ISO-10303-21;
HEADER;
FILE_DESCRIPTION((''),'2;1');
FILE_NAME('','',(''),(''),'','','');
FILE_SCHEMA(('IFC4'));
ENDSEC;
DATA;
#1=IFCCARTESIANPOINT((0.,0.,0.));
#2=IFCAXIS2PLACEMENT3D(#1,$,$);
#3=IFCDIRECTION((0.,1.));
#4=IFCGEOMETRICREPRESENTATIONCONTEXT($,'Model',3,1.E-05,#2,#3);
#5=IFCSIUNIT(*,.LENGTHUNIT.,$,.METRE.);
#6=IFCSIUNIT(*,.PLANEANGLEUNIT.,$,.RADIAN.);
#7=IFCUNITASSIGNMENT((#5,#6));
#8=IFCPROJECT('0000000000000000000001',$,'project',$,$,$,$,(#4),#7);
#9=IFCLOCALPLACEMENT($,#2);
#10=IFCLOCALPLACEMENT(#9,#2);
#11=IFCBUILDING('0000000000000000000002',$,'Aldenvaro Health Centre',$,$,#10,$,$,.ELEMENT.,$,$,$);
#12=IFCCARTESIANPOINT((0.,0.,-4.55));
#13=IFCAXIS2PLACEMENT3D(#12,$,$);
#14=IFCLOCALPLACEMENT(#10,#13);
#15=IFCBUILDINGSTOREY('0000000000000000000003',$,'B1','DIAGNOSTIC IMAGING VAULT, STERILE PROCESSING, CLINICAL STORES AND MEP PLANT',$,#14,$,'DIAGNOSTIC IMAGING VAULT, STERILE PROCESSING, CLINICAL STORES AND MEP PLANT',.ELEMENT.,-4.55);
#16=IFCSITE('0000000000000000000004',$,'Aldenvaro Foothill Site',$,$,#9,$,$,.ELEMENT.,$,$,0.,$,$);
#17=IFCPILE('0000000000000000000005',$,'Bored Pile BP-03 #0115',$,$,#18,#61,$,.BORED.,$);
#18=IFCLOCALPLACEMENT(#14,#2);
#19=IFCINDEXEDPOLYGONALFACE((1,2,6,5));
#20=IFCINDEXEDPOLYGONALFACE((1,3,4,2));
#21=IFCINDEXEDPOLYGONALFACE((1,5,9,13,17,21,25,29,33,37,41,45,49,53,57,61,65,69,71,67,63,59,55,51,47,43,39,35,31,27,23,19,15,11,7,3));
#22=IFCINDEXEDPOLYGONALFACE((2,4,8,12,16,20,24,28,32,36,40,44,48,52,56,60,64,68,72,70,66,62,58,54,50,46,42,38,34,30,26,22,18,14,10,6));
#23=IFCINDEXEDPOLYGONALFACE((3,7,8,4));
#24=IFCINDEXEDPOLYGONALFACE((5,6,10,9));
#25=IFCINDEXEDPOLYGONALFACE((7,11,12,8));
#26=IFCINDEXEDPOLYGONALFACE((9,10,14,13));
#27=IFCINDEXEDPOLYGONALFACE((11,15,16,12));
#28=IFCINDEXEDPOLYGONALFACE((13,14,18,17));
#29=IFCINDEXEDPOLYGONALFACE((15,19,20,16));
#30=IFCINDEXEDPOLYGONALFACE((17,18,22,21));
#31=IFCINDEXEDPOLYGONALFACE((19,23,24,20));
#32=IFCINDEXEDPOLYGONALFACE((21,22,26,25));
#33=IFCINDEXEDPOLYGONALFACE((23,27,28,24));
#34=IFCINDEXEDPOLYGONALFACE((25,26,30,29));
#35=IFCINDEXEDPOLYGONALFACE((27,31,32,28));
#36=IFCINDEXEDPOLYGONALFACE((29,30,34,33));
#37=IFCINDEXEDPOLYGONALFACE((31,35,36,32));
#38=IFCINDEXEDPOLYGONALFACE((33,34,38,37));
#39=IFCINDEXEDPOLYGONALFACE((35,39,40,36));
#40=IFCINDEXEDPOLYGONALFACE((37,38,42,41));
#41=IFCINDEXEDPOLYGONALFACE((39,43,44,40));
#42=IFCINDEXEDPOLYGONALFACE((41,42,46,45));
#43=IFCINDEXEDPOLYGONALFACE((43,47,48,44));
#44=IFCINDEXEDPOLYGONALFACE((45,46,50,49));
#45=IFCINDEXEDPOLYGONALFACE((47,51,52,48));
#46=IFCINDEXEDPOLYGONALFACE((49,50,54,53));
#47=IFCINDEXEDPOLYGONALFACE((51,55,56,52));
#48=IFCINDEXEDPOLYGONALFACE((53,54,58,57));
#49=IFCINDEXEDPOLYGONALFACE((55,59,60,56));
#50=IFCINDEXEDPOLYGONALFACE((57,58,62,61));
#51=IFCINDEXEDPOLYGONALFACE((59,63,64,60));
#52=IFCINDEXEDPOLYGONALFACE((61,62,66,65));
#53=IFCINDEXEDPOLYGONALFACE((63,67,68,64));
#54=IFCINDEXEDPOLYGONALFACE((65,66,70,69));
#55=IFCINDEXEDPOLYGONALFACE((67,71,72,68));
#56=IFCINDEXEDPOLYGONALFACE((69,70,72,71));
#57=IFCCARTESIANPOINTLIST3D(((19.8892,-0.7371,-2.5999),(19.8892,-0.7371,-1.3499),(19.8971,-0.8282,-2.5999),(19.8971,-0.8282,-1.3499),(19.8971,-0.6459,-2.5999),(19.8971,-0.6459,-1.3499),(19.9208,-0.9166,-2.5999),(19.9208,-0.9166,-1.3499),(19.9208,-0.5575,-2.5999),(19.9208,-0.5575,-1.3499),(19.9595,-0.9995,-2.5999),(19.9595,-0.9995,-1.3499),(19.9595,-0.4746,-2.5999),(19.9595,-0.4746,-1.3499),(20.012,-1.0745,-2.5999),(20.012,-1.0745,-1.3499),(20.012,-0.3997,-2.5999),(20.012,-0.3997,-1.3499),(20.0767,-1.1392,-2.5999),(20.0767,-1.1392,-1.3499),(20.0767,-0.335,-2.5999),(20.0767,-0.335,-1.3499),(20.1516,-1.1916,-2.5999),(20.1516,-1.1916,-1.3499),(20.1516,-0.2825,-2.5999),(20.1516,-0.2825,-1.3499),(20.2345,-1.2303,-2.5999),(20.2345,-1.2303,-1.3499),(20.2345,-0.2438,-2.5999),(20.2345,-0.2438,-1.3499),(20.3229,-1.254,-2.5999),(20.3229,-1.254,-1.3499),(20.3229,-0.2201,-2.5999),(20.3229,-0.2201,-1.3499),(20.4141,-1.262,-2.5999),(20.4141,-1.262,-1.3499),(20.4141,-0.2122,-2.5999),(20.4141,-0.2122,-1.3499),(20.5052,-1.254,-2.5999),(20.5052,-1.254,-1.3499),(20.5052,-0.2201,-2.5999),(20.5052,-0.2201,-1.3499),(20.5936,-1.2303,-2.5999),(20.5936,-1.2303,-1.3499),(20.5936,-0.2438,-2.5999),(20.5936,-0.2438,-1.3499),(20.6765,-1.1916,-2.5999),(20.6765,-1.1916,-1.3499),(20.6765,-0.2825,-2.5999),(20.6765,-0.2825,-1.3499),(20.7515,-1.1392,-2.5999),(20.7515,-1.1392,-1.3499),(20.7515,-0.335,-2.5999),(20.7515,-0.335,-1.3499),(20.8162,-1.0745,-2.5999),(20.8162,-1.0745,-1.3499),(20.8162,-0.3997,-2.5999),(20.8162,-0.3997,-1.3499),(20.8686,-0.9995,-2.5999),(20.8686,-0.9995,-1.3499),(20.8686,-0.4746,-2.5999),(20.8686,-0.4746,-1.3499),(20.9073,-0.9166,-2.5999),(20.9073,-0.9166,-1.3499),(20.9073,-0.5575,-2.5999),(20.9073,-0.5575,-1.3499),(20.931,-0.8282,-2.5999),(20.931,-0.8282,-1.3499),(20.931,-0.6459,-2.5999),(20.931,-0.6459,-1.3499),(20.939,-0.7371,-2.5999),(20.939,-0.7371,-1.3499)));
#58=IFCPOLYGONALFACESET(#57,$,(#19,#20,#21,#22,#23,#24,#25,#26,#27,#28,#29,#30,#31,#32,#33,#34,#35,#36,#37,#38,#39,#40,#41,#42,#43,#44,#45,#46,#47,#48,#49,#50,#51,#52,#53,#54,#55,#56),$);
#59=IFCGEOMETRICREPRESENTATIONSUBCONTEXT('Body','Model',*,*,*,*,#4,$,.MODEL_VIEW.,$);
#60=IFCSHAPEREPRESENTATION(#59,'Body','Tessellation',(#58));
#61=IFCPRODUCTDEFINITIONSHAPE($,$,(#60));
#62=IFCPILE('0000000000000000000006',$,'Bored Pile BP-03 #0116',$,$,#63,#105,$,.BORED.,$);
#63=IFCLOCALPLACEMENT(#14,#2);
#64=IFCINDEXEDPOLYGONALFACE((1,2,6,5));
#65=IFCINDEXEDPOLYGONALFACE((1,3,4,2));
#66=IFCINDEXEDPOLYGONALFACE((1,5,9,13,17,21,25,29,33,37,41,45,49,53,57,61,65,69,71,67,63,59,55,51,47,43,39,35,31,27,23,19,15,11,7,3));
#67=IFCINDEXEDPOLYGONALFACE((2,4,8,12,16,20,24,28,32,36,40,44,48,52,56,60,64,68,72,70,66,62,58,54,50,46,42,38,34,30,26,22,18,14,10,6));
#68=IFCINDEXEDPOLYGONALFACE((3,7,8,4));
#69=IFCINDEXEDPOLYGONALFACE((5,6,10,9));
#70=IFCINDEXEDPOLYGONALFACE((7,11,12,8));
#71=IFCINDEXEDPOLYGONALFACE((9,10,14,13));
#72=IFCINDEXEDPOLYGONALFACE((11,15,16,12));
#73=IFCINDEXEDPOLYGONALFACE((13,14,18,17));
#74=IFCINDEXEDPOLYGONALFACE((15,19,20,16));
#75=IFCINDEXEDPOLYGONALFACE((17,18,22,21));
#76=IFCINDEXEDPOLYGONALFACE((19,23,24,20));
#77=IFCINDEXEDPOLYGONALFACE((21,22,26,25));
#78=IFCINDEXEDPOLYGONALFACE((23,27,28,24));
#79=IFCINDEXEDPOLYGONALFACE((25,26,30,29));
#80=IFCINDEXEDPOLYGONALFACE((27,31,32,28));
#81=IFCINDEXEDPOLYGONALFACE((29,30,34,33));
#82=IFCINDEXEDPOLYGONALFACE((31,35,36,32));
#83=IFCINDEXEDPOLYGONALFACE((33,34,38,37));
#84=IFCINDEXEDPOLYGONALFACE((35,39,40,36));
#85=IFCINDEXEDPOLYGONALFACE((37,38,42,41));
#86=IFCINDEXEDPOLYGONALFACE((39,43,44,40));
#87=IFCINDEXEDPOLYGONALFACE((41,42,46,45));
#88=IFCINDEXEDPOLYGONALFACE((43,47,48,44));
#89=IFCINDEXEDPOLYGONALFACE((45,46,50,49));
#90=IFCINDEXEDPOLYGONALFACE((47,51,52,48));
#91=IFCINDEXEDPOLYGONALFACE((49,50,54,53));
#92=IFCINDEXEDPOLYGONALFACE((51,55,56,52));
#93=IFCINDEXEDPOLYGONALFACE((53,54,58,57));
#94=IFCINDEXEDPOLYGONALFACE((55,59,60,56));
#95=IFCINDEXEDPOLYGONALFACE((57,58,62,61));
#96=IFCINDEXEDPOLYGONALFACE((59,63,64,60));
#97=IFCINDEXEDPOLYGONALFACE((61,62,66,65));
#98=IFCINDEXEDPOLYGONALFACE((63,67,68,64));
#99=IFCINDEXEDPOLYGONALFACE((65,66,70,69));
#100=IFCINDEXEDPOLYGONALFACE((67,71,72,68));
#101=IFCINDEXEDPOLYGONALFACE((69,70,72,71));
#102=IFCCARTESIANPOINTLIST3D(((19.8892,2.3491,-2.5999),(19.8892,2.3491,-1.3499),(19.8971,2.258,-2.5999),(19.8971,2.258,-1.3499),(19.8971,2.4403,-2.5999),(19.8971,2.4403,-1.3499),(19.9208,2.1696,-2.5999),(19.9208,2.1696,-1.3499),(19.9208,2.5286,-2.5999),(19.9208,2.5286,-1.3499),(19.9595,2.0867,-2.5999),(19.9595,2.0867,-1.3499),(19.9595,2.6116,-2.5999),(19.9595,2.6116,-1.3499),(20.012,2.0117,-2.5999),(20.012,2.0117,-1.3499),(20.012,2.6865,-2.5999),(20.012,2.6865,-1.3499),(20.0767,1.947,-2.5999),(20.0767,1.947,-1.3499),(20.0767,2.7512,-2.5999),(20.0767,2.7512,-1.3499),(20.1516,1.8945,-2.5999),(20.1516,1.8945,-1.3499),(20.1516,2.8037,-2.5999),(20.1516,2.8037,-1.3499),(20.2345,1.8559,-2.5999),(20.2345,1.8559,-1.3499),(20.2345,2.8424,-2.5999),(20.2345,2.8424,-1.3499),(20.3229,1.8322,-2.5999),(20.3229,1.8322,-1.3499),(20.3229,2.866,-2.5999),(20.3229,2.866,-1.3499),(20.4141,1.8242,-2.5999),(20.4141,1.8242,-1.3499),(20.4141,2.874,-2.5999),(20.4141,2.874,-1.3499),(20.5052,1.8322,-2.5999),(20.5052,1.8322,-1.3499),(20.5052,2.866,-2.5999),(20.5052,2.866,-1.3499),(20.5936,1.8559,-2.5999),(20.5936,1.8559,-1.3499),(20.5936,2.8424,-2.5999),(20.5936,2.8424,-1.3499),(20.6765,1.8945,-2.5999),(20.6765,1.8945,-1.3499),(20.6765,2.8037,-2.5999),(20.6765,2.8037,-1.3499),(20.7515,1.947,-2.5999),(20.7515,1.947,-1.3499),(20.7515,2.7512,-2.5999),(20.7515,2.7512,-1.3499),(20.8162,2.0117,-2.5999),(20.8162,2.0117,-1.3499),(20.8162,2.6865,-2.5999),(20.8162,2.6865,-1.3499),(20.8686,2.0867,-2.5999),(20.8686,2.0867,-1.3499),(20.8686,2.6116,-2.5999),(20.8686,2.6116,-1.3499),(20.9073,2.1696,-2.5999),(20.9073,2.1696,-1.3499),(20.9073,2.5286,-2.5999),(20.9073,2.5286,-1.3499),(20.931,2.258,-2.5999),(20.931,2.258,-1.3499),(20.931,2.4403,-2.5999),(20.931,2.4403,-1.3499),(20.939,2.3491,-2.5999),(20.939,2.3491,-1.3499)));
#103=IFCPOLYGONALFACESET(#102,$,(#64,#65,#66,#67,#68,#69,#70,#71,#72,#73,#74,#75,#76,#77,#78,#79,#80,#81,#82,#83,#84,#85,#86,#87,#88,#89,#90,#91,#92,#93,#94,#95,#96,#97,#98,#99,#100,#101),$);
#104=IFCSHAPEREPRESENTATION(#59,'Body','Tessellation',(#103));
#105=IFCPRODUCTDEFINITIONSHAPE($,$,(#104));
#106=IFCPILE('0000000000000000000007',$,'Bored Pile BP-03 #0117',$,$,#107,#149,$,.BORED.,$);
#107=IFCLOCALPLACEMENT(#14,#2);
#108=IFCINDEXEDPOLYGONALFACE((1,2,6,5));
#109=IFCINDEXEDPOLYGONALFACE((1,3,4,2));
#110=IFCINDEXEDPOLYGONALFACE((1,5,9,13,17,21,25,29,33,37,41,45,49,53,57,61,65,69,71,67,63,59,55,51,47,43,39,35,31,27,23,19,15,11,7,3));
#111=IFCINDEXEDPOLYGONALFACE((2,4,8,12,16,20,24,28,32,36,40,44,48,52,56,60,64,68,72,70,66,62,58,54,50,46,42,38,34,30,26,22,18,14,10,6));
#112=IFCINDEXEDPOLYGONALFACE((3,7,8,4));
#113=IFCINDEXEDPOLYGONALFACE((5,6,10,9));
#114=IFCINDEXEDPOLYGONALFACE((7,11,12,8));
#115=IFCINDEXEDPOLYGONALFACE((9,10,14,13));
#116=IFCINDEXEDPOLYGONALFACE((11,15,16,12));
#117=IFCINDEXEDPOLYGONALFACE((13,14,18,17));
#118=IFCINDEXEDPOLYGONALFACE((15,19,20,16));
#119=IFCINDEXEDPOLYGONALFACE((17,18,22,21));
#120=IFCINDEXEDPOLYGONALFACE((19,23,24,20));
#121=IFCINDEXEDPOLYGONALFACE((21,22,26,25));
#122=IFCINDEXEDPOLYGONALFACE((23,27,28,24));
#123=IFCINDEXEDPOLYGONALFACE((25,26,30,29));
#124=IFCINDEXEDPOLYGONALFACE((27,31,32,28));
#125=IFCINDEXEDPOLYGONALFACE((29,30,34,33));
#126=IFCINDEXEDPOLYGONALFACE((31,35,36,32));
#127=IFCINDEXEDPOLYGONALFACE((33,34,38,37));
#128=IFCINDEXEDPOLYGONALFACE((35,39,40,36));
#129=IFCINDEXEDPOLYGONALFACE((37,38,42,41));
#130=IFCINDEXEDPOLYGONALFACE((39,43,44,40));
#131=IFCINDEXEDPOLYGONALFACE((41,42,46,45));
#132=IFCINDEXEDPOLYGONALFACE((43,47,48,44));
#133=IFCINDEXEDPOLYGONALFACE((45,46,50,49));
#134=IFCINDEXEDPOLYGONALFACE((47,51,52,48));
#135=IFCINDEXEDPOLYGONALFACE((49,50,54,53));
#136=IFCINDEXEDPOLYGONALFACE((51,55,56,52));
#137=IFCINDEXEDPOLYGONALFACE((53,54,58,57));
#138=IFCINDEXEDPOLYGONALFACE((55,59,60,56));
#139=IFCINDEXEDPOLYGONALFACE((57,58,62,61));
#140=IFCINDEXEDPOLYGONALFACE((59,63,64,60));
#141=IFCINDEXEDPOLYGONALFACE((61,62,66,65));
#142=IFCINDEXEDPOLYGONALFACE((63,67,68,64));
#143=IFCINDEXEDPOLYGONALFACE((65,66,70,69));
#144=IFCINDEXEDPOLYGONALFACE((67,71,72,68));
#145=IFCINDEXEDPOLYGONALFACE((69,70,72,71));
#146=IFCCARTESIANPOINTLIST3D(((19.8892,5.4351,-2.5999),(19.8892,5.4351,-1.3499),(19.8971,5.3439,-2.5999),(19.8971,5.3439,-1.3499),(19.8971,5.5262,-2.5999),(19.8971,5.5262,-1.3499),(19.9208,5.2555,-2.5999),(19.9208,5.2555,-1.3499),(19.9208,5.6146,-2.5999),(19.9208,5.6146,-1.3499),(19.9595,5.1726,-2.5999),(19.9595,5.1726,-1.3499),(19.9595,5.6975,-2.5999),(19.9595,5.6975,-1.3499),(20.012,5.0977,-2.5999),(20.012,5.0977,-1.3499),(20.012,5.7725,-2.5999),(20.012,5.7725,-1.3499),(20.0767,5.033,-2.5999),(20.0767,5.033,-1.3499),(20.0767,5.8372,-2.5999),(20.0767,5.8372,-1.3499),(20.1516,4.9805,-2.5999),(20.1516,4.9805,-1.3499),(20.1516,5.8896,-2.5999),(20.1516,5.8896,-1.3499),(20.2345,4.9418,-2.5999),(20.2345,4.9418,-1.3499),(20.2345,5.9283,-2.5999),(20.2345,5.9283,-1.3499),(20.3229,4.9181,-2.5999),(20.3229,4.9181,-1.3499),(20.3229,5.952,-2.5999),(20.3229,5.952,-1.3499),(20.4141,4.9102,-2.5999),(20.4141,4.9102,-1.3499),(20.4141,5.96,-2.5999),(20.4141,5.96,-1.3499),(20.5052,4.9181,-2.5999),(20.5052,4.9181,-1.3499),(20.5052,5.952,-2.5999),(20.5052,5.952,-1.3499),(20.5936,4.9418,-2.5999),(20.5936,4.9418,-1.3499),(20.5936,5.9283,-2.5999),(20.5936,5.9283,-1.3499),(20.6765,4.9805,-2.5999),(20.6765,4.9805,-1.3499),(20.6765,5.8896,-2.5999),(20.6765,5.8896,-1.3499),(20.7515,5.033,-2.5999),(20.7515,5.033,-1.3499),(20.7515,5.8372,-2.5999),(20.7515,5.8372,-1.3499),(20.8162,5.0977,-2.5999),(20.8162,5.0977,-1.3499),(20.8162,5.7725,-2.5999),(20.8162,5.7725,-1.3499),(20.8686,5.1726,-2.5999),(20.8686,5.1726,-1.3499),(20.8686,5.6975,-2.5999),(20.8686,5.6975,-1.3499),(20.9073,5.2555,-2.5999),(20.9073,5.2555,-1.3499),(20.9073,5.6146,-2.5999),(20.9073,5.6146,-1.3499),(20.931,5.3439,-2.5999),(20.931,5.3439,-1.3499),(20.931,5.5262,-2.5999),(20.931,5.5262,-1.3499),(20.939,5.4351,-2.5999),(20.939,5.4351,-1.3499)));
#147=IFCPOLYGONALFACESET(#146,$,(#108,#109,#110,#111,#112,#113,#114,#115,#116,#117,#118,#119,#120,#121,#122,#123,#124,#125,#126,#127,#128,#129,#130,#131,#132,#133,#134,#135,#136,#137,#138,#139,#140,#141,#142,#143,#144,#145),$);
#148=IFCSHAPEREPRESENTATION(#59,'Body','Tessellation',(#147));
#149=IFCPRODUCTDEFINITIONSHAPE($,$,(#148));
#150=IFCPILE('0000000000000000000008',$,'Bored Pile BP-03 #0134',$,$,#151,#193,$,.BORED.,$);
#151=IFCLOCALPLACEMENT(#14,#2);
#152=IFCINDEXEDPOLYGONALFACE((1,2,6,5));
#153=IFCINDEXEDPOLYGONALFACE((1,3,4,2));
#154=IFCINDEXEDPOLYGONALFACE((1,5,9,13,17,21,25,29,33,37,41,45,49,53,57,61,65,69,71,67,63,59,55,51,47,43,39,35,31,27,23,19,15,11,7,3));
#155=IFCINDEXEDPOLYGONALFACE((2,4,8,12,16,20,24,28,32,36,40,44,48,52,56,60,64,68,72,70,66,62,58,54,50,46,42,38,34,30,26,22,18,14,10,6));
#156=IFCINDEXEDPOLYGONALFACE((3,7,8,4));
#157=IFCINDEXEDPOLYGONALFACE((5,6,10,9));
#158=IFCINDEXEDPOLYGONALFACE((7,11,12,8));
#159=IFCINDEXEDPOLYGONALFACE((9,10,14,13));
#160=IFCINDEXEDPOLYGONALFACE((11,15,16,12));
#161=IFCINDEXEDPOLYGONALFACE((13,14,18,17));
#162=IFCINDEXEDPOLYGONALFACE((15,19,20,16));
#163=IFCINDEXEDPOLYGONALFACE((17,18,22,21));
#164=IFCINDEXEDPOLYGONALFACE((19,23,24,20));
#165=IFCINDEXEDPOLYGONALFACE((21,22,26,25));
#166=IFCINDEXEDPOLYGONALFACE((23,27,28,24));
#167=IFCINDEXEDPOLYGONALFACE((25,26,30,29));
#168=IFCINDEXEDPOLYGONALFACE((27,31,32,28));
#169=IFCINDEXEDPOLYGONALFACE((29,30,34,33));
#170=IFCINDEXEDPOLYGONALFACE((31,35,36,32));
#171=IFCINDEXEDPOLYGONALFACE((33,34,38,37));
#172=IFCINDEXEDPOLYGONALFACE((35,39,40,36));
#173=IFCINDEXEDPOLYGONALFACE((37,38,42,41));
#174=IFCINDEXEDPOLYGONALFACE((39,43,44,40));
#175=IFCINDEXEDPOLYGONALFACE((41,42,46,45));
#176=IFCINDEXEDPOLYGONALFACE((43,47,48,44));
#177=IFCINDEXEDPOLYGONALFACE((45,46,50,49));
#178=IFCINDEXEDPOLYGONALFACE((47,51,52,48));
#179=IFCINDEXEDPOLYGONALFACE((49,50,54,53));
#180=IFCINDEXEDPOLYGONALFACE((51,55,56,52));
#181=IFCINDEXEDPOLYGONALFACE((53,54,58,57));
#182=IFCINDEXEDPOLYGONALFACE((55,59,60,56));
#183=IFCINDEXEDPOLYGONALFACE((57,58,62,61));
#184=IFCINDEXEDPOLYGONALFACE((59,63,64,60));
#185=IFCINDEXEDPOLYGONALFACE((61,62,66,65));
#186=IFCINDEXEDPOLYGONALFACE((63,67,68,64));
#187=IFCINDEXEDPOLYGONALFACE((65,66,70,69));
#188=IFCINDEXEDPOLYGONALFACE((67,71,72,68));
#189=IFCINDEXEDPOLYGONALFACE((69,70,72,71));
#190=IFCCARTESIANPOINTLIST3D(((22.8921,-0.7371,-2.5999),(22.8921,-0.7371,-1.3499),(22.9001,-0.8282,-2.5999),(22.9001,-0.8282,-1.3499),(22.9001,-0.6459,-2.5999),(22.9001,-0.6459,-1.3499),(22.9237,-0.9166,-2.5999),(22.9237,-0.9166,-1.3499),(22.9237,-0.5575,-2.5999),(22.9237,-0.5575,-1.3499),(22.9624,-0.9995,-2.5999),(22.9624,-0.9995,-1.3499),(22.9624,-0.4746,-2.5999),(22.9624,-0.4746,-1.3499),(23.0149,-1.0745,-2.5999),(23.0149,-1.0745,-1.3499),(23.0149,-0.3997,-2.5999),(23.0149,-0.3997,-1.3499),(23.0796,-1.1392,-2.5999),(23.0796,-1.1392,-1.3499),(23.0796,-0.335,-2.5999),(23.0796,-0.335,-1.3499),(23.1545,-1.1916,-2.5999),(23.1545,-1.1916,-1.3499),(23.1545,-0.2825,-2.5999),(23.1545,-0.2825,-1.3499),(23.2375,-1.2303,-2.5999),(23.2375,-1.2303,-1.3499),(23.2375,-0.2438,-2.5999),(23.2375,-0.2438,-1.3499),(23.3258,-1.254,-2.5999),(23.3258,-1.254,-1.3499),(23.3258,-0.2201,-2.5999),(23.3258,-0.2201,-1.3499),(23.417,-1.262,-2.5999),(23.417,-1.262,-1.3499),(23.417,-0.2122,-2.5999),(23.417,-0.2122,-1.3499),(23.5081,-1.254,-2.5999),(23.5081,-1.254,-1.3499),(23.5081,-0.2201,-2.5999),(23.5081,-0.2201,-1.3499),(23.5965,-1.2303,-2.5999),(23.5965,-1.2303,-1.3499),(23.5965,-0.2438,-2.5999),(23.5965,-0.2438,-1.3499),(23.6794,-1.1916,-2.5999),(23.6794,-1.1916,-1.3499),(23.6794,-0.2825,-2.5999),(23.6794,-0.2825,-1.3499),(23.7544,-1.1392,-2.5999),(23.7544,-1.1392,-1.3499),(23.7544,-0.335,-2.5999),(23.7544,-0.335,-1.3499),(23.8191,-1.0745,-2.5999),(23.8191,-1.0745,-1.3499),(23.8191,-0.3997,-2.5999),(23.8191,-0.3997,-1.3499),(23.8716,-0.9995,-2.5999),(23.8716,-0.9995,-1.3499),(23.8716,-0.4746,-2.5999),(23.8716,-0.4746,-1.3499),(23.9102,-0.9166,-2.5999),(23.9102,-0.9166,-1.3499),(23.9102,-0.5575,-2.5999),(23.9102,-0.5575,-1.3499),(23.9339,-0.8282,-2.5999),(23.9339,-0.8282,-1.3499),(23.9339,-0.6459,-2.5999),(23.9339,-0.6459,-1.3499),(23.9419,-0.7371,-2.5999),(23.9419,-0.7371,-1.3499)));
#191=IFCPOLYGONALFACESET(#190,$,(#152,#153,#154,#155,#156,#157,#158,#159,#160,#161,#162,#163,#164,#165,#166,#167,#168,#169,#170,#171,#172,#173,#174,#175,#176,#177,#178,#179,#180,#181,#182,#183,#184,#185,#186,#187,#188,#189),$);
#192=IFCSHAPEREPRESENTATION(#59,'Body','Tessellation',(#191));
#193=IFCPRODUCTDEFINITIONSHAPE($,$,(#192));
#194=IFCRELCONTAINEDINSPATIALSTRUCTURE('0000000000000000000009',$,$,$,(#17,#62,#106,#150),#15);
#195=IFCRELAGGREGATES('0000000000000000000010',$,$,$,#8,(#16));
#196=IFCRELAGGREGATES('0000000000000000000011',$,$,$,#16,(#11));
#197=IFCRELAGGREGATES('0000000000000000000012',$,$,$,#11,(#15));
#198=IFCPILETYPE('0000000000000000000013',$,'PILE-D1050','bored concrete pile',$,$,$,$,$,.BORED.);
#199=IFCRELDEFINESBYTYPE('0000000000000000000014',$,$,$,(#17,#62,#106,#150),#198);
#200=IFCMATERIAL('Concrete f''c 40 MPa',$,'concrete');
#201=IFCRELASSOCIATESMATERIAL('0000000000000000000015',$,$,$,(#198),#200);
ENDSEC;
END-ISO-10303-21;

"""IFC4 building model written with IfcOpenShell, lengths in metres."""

from ifc_helpers import new_model, si_unit, direction, frame, origin, origin_2d, place, context, subcontext, project, spatial, circle, extrude, material, material_profile, profile_set, type_object, element, save


model = new_model("IFC4")

# Units and contexts
model_context = context("Model", 3, precision=1e-05, world=origin(), true_north=direction((0.0, 1.0)))
body_context = subcontext(model_context, "Body", "Model", "MODEL_VIEW")
ifc_project = project(units=[si_unit("LENGTHUNIT", "METRE"), si_unit("PLANEANGLEUNIT", "RADIAN")], contexts=[model_context])

# Site, building, storey
site_placement = place(None, origin())
site = spatial("IfcSite", under=ifc_project, at=site_placement, Name="Aldenvaro Foothill Site", CompositionType="ELEMENT", RefElevation=0.0)
building_placement = place(site_placement, origin())
building = spatial("IfcBuilding", under=site, at=building_placement, Name="Aldenvaro Health Centre", CompositionType="ELEMENT")
storey_placement = place(building_placement, frame((0.0, 0.0, -4.55)))
storey = spatial("IfcBuildingStorey", under=building, at=storey_placement, Name="B1", Description="DIAGNOSTIC IMAGING VAULT, STERILE PROCESSING, CLINICAL STORES AND MEP PLANT", LongName="DIAGNOSTIC IMAGING VAULT, STERILE PROCESSING, CLINICAL STORES AND MEP PLANT", CompositionType="ELEMENT", Elevation=-4.55)

# Piles
ifc_material_1 = material(Name="Concrete f'c 40 MPa", Category="concrete")
ifc_material_profile_1 = material_profile(ifc_material_1, circle(Radius=0.5249, at=origin_2d()), Name="PILE D1050", Category="concrete")
ifc_profile_set_1 = profile_set([ifc_material_profile_1], Name="Concrete f'c 40 MPa")
pile_type = type_object("IfcPileType", Name="PILE-D1050", Description="bored concrete pile", PredefinedType="BORED", material=ifc_profile_set_1)
for number, where, z_axis, x_axis, name in (
    (1, (20.4141, -0.7371, -1.3499), (0.0, 0.0, -1.0), (1.0, 0.0, 0.0), "Bored Pile BP-03 #0115"),
    (2, (20.4141, 2.3491, -1.3499), (0.0, 0.0, -1.0), (1.0, 0.0, 0.0), "Bored Pile BP-03 #0116"),
    (3, (20.4141, 5.4351, -1.3499), (0.0, 0.0, -1.0), (1.0, 0.0, 0.0), "Bored Pile BP-03 #0117"),
    (4, (23.417, -0.7371, -1.3499), (0.0, 0.0, -1.0), (1.0, 0.0, 0.0), "Bored Pile BP-03 #0134"),
):
    element("IfcPile", number, at=place(storey_placement, frame(where, z_axis=z_axis, x_axis=x_axis)), inside=storey, type_object=pile_type, Name=name, PredefinedType="BORED", context=body_context, shape_type="SweptSolid", body=[
        extrude(circle(Radius=0.5249, at=origin_2d()), origin(), (0.0, 0.0, 1.0), 1.25),
    ])

save(model, "model.ifc")
